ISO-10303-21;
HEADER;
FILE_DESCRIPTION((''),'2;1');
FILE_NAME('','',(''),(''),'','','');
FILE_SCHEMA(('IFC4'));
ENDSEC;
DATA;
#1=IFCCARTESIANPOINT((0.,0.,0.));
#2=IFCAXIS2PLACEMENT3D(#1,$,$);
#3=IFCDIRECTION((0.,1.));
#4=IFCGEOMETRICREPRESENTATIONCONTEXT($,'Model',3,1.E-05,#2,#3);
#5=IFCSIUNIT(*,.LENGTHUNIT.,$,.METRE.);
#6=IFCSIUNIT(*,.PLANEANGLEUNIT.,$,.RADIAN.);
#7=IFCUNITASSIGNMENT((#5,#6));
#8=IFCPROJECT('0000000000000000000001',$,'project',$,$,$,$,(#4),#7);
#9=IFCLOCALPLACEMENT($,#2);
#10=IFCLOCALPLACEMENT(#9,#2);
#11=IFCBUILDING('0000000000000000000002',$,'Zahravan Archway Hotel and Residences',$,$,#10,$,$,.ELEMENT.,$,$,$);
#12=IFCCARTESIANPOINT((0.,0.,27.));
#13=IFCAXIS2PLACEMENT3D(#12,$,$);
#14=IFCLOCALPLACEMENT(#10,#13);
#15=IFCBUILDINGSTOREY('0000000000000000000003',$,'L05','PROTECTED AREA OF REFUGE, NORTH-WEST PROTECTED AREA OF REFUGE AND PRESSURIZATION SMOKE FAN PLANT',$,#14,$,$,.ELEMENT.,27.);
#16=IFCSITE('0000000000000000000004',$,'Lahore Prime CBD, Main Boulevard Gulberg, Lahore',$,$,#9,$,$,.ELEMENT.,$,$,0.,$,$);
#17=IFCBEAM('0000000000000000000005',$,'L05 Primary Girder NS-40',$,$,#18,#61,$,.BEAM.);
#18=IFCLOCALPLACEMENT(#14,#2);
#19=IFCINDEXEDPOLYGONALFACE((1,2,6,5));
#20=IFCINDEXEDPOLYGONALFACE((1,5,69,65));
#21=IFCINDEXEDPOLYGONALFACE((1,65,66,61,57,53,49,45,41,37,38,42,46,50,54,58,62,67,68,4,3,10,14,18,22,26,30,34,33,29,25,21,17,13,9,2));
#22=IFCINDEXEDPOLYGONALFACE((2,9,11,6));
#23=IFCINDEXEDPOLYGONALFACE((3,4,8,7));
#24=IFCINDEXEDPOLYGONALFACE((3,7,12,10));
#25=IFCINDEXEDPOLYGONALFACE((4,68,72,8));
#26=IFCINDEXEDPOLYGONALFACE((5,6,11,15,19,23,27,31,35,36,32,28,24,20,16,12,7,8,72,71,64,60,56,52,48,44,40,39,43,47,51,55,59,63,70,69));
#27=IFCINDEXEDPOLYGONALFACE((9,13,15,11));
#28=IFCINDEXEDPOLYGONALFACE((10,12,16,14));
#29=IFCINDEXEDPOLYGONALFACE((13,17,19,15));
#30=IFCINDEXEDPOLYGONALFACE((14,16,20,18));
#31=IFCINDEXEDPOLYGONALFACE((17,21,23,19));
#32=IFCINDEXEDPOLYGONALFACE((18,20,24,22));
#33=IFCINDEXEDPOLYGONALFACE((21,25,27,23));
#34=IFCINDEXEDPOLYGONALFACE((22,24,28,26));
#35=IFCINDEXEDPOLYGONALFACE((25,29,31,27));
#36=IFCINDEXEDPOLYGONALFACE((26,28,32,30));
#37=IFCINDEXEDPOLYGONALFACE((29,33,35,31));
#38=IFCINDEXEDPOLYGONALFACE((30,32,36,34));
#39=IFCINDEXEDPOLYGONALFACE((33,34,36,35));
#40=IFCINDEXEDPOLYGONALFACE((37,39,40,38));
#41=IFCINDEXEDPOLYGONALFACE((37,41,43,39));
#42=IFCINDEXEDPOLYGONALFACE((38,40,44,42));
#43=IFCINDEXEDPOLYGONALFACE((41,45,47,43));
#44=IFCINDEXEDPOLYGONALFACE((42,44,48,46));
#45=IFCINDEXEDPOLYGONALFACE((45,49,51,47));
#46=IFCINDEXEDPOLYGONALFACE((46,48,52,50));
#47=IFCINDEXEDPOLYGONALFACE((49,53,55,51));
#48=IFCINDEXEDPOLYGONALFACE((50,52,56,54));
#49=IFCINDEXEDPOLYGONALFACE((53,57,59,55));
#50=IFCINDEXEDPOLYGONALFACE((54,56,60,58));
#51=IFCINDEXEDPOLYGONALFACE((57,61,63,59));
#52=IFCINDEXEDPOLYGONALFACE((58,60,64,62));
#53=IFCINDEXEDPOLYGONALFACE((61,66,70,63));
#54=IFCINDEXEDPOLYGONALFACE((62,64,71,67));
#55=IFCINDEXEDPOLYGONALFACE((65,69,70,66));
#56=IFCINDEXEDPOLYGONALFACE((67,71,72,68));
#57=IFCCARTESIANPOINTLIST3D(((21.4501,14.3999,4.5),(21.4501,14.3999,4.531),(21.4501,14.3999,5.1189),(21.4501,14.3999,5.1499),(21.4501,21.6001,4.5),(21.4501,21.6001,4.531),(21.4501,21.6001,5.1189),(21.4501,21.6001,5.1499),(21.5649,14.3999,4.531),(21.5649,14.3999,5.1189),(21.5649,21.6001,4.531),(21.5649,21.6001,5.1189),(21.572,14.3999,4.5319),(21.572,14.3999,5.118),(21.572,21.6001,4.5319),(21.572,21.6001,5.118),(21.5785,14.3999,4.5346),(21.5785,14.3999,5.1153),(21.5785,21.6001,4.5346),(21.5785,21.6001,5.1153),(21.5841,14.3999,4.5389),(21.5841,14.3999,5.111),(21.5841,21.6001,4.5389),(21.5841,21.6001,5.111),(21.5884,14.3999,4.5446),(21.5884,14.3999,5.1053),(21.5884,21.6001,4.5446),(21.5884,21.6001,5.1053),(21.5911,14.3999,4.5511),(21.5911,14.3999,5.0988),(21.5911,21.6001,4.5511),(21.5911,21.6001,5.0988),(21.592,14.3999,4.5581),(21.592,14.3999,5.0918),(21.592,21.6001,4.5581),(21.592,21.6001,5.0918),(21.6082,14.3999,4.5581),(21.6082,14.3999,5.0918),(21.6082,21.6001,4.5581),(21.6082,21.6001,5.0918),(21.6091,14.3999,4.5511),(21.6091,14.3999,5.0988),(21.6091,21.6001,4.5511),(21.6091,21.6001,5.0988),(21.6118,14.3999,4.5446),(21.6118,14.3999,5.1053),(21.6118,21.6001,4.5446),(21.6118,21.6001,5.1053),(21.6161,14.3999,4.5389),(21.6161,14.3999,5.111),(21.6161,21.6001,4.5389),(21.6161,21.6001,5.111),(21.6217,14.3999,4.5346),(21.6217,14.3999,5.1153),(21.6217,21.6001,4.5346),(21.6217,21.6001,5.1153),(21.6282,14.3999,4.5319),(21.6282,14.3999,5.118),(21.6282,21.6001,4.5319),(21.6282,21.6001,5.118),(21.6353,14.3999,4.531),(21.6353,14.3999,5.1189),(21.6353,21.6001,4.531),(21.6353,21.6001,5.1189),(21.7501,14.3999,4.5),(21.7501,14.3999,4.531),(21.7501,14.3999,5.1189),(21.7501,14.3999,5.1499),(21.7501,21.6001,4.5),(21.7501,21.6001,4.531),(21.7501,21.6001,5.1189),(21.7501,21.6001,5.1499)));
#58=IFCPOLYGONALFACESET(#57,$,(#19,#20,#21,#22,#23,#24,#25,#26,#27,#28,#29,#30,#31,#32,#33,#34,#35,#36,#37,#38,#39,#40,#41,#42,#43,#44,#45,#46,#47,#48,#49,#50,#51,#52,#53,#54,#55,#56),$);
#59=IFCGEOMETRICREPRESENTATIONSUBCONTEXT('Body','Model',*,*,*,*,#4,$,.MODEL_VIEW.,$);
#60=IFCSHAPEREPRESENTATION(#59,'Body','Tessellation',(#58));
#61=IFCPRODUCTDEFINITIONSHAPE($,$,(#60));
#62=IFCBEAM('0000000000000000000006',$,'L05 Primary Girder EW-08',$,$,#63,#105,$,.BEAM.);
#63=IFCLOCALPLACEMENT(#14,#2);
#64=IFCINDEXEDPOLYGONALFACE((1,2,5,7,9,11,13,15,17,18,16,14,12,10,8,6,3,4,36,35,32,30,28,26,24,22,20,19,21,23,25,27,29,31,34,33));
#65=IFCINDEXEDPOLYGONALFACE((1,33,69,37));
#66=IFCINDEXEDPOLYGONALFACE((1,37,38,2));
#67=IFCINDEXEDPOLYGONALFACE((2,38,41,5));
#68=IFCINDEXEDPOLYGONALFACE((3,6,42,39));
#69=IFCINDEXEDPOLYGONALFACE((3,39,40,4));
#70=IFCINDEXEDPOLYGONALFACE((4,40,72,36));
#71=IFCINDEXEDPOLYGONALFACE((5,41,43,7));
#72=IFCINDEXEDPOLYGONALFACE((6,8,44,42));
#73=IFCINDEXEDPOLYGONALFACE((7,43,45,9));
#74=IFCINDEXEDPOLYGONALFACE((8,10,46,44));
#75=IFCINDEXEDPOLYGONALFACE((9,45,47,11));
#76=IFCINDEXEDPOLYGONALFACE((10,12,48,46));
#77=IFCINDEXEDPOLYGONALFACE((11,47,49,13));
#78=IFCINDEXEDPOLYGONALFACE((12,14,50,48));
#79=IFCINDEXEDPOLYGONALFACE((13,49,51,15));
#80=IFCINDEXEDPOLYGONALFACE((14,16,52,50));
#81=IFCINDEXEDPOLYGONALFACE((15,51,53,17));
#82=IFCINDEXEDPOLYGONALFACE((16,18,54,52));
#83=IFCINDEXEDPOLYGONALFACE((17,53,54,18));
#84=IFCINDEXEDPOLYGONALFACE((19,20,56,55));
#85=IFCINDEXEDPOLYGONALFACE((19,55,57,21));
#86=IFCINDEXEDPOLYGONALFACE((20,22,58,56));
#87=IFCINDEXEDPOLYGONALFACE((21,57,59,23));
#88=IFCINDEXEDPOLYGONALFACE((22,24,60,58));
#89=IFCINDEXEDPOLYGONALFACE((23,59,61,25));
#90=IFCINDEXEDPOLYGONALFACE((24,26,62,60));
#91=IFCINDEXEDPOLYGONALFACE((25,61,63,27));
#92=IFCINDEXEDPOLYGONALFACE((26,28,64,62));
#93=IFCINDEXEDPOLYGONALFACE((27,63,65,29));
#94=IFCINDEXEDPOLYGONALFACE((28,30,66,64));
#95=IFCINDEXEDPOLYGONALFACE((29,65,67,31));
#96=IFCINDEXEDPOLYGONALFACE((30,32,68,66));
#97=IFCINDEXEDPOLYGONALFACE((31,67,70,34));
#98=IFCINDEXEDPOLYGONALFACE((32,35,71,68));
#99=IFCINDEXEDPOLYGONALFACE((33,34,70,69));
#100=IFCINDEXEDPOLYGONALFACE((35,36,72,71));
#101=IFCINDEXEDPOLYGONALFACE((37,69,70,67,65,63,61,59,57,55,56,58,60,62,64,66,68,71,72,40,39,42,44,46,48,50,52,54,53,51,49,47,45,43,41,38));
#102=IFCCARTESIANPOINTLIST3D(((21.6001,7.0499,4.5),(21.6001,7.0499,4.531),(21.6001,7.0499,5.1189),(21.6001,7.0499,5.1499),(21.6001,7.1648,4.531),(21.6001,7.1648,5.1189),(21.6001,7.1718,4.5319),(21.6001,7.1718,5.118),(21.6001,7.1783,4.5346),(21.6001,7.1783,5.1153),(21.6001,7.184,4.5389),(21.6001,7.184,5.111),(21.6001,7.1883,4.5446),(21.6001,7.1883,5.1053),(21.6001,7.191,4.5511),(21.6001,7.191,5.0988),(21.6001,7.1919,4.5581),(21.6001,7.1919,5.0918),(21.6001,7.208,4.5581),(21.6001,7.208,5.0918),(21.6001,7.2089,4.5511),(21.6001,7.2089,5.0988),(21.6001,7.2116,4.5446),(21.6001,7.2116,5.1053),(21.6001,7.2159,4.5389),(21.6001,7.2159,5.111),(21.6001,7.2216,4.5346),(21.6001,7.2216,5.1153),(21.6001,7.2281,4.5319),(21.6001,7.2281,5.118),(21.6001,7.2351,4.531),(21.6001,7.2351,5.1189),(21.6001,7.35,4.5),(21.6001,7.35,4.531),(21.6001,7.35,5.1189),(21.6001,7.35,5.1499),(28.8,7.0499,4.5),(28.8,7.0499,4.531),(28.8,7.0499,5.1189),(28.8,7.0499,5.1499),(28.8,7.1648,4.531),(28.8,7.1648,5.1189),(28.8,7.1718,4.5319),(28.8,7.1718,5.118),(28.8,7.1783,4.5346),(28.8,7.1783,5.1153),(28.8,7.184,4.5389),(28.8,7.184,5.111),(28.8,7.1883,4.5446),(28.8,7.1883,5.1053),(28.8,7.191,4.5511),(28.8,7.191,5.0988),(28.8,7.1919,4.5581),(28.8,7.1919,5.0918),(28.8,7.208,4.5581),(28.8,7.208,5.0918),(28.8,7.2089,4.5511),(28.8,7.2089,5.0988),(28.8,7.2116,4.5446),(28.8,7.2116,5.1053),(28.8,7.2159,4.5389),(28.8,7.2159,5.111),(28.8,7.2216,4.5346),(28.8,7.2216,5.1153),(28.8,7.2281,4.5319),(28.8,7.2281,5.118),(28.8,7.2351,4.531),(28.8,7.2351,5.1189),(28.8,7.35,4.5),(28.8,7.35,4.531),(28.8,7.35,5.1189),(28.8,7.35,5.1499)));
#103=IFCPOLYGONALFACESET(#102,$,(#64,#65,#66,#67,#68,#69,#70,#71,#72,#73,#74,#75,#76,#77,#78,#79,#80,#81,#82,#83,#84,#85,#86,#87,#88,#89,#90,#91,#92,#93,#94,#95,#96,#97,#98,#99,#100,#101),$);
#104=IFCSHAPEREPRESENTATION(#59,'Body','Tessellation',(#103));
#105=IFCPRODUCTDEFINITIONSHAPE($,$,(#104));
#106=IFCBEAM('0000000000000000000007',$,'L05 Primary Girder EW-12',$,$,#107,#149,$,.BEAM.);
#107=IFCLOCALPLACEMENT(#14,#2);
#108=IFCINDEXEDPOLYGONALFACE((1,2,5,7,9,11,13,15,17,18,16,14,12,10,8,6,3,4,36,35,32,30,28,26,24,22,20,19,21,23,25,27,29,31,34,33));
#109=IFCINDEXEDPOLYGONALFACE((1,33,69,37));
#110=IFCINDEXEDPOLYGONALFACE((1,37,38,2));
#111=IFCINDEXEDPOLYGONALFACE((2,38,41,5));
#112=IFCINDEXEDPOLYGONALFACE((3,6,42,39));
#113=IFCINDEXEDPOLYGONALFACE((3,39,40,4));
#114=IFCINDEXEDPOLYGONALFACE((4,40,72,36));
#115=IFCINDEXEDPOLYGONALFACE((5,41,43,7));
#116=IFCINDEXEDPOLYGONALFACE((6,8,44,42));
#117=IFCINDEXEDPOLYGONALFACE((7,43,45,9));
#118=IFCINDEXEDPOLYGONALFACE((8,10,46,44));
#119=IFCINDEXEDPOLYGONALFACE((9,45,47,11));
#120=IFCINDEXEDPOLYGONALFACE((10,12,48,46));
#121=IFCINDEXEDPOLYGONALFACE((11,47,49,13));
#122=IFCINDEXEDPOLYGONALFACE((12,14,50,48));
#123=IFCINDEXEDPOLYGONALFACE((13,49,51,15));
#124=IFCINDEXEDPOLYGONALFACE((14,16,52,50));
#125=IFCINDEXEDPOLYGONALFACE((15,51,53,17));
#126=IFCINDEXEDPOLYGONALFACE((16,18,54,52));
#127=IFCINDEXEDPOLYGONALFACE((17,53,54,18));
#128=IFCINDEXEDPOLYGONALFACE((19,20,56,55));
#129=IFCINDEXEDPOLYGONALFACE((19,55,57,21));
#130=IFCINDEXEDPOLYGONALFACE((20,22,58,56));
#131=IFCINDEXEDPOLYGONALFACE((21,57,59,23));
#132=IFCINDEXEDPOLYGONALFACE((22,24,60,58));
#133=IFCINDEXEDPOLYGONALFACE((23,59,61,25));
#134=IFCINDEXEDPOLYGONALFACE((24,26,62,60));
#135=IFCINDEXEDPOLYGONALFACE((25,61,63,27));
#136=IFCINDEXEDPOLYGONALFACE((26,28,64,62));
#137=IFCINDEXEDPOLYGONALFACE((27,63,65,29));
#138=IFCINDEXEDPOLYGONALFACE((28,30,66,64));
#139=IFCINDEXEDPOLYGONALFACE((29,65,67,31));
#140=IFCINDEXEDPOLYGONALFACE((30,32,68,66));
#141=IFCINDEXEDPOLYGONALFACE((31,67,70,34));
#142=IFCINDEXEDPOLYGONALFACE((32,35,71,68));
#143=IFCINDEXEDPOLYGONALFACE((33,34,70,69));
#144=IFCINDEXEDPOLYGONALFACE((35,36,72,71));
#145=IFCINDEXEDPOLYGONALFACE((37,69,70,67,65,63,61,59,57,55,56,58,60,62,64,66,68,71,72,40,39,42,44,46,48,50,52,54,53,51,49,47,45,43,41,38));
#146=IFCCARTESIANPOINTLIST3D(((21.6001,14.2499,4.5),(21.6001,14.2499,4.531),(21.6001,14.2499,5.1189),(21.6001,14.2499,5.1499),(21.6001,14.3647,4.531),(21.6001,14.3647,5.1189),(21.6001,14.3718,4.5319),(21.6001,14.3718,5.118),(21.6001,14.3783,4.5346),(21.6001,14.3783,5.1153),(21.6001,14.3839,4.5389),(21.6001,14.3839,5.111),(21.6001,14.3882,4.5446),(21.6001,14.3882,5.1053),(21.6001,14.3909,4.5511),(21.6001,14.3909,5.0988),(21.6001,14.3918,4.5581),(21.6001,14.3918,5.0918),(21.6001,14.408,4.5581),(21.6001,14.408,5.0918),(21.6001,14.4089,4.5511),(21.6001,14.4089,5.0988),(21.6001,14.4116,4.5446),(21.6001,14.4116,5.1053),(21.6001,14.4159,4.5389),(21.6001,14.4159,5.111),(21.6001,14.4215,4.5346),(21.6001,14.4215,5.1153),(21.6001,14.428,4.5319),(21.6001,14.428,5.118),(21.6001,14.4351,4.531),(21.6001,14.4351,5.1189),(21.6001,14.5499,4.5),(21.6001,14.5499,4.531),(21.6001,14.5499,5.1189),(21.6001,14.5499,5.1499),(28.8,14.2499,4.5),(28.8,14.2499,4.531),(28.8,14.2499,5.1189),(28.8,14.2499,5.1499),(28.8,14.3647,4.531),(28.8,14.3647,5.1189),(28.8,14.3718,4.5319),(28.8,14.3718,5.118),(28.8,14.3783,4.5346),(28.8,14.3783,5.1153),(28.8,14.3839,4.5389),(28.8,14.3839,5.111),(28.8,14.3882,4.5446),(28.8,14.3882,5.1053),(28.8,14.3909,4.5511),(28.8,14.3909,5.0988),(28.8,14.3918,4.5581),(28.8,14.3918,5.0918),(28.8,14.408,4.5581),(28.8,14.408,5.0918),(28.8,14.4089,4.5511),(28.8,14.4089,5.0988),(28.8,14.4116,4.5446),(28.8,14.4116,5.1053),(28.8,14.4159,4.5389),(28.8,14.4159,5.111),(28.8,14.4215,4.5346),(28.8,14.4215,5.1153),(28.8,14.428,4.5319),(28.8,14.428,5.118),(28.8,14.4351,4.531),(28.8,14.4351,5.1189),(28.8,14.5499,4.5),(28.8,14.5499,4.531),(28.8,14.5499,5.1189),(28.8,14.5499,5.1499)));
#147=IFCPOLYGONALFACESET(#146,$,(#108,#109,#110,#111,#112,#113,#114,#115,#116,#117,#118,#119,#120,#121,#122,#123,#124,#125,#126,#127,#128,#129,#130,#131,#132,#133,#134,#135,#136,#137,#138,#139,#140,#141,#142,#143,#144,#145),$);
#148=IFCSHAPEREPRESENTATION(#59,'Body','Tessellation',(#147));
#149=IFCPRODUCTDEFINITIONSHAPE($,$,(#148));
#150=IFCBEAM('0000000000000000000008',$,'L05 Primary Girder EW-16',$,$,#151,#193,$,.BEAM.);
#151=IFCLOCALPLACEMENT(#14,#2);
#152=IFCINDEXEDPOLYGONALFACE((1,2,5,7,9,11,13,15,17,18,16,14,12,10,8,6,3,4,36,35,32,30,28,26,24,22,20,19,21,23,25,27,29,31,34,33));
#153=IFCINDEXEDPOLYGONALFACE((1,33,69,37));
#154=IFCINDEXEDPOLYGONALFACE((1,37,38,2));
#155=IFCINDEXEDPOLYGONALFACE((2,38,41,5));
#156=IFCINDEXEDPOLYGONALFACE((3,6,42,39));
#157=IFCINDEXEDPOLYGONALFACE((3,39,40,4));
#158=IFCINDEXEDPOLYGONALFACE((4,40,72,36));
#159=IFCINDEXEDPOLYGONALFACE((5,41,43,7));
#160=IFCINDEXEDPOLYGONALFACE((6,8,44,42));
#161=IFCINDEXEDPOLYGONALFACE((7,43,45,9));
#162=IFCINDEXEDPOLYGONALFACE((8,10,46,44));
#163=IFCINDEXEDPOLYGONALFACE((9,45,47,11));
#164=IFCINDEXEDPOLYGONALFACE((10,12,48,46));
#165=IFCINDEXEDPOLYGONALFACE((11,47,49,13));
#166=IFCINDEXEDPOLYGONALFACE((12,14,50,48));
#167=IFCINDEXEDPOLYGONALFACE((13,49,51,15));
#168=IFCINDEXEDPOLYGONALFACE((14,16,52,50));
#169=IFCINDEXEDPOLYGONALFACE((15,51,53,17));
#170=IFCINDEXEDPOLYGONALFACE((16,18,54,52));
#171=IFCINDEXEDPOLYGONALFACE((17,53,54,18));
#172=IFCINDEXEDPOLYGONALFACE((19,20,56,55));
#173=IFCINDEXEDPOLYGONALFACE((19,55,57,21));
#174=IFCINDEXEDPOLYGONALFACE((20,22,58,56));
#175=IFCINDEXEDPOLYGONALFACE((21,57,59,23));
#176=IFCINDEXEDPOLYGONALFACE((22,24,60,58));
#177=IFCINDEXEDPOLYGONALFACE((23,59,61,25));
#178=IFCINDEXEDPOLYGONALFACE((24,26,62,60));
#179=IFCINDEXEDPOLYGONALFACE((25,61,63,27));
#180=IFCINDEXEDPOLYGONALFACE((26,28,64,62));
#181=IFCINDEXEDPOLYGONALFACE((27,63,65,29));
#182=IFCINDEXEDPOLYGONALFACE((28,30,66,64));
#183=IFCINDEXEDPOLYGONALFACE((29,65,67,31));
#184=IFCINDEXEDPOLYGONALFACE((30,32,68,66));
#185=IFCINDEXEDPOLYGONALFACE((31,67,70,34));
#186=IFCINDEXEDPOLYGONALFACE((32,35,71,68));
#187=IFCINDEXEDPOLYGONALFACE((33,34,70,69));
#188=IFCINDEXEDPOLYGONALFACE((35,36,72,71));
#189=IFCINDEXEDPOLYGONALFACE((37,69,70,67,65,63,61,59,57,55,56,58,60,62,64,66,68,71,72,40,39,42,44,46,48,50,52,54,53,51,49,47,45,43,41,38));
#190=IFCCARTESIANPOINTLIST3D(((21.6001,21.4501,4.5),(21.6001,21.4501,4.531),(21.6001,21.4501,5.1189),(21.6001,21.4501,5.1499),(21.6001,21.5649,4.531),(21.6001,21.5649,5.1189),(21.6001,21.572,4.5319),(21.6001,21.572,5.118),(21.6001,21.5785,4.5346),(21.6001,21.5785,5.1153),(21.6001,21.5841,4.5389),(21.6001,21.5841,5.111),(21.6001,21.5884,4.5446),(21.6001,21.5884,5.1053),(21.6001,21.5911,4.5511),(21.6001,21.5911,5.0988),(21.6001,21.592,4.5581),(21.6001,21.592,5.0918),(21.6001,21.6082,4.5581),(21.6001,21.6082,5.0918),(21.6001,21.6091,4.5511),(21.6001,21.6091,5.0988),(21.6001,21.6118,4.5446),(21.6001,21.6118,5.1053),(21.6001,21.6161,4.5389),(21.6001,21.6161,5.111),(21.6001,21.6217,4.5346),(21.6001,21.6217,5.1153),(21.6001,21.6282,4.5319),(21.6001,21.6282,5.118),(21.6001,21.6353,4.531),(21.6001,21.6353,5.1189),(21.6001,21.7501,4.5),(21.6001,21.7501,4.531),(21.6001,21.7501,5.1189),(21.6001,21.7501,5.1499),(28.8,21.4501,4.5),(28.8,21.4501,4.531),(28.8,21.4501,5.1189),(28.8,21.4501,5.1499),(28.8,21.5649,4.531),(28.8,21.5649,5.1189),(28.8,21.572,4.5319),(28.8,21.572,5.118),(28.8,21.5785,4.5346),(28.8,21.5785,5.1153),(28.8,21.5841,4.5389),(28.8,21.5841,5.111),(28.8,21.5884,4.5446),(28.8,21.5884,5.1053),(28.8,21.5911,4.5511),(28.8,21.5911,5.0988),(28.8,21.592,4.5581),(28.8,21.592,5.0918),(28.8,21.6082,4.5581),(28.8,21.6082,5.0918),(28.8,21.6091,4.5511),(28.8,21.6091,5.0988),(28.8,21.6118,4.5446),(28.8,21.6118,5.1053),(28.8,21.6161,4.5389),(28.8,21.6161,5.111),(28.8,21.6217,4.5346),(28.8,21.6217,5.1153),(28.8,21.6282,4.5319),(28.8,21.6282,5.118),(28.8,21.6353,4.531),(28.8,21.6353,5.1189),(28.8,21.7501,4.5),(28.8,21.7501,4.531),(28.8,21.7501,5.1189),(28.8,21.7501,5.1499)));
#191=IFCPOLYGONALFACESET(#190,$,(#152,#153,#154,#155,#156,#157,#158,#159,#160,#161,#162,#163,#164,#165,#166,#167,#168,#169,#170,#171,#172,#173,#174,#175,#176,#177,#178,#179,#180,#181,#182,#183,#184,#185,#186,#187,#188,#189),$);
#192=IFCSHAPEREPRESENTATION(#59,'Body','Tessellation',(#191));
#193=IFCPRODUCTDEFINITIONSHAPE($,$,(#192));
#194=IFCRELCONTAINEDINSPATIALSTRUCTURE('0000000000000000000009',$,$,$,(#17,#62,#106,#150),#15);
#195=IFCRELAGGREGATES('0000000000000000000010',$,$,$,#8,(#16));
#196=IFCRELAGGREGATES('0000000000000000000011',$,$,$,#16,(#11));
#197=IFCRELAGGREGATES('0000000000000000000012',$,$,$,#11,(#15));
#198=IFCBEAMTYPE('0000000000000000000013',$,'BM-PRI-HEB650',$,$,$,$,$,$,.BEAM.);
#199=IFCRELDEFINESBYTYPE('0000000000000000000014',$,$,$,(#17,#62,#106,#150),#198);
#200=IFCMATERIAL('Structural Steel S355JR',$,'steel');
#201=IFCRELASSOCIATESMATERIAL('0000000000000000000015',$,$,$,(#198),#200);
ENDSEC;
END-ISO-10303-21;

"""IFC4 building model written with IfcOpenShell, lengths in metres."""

from ifc_helpers import new_model, si_unit, direction, frame, origin, origin_2d, place, context, subcontext, project, spatial, i_section, extrude, source, transform, mapped, material, material_profile, profile_set, type_object, type_shapes, element, save


model = new_model("IFC4")

# Units and contexts
model_context = context("Model", 3, precision=1e-05, world=origin(), true_north=direction((0.0, 1.0)))
body_context = subcontext(model_context, "Body", "Model", "MODEL_VIEW")
ifc_project = project(units=[si_unit("LENGTHUNIT", "METRE"), si_unit("PLANEANGLEUNIT", "RADIAN")], contexts=[model_context])

# Site, building, storey
site_placement = place(None, origin())
site = spatial("IfcSite", under=ifc_project, at=site_placement, Name="Lahore Prime CBD, Main Boulevard Gulberg, Lahore", CompositionType="ELEMENT", RefElevation=0.0)
building_placement = place(site_placement, origin())
building = spatial("IfcBuilding", under=site, at=building_placement, Name="Zahravan Archway Hotel and Residences", CompositionType="ELEMENT")
storey_placement = place(building_placement, frame((0.0, 0.0, 27.0)))
storey = spatial("IfcBuildingStorey", under=building, at=storey_placement, Name="L05", Description="PROTECTED AREA OF REFUGE, NORTH-WEST PROTECTED AREA OF REFUGE AND PRESSURIZATION SMOKE FAN PLANT", CompositionType="ELEMENT", Elevation=27.0)

# Beams
ifc_material_1 = material(Name="Structural Steel S355JR", Category="steel")
ifc_material_profile_1 = material_profile(ifc_material_1, i_section(OverallWidth=0.3, OverallDepth=0.6499, WebThickness=0.0161, FlangeThickness=0.031, FilletRadius=0.0271, at=origin_2d()), Name="HEB 650", Category="steel")
ifc_profile_set_1 = profile_set([ifc_material_profile_1], Name="Structural Steel S355JR")
beam_type_1 = type_object("IfcBeamType", Name="BM-PRI-HEB650", PredefinedType="BEAM", material=ifc_profile_set_1)
shared_shape_1 = source(origin(), body_context, "Body", "SweptSolid", [
    extrude(i_section(OverallWidth=0.3, OverallDepth=0.6499, WebThickness=0.0161, FlangeThickness=0.031, FilletRadius=0.0271, at=origin_2d()), origin(), (0.0, 0.0, 1.0), 7.2002),
])
type_shapes(beam_type_1, [shared_shape_1])
for number, where, z_axis, x_axis, name in (
    (1, (21.6001, 14.3999, 4.825), (0.0, 1.0, 0.0), (-1.0, 0.0, 0.0), "L05 Primary Girder NS-40"),
):
    element("IfcBeam", number, at=place(storey_placement, frame(where, z_axis=z_axis, x_axis=x_axis)), inside=storey, type_object=beam_type_1, Name=name, PredefinedType="BEAM", context=body_context, shape_type="MappedRepresentation", body=[
        mapped(shared_shape_1, transform((0.0, 0.0, 0.0), scale=1.0)),
    ])
shared_shape_2 = source(origin(), body_context, "Body", "SweptSolid", [
    extrude(i_section(OverallWidth=0.3, OverallDepth=0.6499, WebThickness=0.0161, FlangeThickness=0.031, FilletRadius=0.0271, at=origin_2d()), origin(), (0.0, 0.0, 1.0), 7.2),
])
for number, where, z_axis, x_axis, name in (
    (2, (21.6001, 7.2, 4.825), (1.0, 0.0, 0.0), (0.0, 1.0, 0.0), "L05 Primary Girder EW-08"),
    (3, (21.6001, 14.3999, 4.825), (1.0, 0.0, 0.0), (0.0, 1.0, 0.0), "L05 Primary Girder EW-12"),
    (4, (21.6001, 21.6001, 4.825), (1.0, 0.0, 0.0), (0.0, 1.0, 0.0), "L05 Primary Girder EW-16"),
):
    element("IfcBeam", number, at=place(storey_placement, frame(where, z_axis=z_axis, x_axis=x_axis)), inside=storey, type_object=beam_type_1, Name=name, PredefinedType="BEAM", context=body_context, shape_type="MappedRepresentation", body=[
        mapped(shared_shape_2, transform((0.0, 0.0, 0.0), scale=1.0)),
    ])

save(model, "model.ifc")
